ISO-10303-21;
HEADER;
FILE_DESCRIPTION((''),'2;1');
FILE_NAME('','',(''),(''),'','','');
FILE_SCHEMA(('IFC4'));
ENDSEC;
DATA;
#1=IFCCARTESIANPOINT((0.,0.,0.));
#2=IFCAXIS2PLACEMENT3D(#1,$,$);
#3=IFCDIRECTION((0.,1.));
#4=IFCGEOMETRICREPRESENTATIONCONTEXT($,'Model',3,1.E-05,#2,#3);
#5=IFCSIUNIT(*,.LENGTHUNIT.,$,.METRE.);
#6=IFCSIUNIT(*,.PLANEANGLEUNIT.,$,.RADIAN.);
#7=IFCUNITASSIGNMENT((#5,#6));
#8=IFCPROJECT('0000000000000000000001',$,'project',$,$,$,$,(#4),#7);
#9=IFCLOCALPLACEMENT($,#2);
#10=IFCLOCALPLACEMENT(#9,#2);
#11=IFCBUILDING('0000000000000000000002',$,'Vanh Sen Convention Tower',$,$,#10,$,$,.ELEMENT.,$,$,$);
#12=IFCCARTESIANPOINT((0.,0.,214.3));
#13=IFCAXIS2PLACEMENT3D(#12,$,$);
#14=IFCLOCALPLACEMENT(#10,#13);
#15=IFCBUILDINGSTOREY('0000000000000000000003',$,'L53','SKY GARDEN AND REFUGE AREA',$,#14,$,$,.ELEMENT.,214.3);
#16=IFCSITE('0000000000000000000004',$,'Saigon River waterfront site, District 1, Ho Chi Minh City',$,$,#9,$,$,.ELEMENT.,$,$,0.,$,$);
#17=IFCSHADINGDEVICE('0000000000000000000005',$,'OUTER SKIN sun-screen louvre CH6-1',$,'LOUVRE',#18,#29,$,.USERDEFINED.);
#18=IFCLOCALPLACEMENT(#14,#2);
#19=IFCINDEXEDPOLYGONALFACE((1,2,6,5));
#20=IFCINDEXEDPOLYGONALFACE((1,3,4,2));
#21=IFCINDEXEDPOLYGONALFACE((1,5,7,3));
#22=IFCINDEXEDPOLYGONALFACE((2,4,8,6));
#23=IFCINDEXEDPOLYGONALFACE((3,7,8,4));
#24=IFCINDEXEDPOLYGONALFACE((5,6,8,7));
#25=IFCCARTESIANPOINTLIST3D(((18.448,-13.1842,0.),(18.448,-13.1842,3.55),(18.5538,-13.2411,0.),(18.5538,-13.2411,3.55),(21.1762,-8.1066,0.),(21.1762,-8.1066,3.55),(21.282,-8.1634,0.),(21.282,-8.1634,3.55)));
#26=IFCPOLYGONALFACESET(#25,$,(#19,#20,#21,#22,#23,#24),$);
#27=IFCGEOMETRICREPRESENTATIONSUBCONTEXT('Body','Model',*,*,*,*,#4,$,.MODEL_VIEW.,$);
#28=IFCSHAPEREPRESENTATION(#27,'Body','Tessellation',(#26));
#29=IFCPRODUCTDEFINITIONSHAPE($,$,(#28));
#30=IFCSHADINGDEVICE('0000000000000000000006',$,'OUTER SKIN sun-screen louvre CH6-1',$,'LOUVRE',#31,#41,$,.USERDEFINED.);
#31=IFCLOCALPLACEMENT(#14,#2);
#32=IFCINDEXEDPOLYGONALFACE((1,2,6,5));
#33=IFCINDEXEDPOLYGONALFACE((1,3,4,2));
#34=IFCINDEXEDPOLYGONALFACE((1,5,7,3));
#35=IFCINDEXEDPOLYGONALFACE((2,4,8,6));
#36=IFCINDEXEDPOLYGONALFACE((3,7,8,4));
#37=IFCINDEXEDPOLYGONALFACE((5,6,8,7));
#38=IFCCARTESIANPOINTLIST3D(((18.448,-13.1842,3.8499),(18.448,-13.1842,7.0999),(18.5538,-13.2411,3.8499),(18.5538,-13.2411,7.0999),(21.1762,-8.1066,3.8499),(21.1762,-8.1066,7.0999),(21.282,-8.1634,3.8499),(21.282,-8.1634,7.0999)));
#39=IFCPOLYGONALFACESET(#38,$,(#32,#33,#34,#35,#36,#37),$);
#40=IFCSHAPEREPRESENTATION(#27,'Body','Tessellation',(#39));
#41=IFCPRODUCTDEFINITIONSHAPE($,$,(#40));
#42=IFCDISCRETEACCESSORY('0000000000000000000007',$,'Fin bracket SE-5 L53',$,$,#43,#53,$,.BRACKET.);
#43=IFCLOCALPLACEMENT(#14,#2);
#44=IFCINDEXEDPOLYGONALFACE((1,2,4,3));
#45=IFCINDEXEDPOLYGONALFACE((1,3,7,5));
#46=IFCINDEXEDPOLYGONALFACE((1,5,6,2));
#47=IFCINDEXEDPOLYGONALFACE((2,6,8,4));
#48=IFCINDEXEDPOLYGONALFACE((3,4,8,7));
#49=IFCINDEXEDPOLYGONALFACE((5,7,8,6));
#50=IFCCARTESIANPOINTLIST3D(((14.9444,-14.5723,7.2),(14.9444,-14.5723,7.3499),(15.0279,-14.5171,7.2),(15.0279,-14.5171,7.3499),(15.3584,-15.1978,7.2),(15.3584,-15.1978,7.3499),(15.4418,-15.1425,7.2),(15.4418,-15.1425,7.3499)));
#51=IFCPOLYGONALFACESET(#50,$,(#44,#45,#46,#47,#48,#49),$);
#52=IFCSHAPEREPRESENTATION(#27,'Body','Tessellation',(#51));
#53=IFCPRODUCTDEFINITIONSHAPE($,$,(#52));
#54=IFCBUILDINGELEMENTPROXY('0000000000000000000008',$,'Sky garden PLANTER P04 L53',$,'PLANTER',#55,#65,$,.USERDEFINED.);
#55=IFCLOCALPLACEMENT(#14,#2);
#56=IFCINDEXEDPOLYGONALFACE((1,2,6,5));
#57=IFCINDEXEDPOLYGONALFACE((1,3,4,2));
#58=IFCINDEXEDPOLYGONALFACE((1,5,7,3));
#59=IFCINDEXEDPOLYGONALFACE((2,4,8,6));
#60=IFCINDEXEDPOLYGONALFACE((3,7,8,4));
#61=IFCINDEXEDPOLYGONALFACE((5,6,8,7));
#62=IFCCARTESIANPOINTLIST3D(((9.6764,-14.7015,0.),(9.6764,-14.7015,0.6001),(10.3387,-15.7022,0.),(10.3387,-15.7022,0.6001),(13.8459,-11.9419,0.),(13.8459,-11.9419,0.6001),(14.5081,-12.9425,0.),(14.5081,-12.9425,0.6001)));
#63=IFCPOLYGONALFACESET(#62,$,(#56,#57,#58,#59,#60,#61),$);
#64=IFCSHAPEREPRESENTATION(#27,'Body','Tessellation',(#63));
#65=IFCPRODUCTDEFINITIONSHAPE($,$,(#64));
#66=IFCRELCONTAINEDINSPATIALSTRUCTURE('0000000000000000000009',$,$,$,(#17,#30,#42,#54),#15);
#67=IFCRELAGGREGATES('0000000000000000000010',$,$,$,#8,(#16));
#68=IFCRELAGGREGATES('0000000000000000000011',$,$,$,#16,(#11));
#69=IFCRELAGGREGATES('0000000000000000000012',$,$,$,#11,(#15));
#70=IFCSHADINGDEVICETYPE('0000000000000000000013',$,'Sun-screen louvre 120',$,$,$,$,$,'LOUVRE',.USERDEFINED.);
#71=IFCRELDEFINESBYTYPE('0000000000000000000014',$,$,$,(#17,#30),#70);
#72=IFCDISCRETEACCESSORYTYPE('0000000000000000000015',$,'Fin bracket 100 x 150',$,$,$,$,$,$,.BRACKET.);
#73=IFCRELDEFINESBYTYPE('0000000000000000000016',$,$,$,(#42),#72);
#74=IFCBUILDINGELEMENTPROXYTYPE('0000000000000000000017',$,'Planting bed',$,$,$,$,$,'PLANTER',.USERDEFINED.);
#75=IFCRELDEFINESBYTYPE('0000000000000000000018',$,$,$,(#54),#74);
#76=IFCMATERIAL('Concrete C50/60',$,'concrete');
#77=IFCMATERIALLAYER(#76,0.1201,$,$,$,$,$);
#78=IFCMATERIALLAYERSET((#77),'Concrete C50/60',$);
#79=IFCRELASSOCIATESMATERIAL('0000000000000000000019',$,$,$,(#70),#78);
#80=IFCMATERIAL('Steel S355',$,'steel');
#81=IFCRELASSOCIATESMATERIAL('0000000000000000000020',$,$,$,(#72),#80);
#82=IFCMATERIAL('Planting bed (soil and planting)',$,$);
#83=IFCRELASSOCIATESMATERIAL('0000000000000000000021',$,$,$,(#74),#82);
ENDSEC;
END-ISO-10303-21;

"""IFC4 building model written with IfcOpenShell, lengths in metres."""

from ifc_helpers import new_model, si_unit, direction, frame, origin, origin_2d, place, context, subcontext, project, spatial, rectangle, extrude, material, layer, layer_set, type_object, element, save


model = new_model("IFC4")

# Units and contexts
model_context = context("Model", 3, precision=1e-05, world=origin(), true_north=direction((0.0, 1.0)))
body_context = subcontext(model_context, "Body", "Model", "MODEL_VIEW")
ifc_project = project(units=[si_unit("LENGTHUNIT", "METRE"), si_unit("PLANEANGLEUNIT", "RADIAN")], contexts=[model_context])

# Site, building, storey
site_placement = place(None, origin())
site = spatial("IfcSite", under=ifc_project, at=site_placement, Name="Saigon River waterfront site, District 1, Ho Chi Minh City", CompositionType="ELEMENT", RefElevation=0.0)
building_placement = place(site_placement, origin())
building = spatial("IfcBuilding", under=site, at=building_placement, Name="Vanh Sen Convention Tower", CompositionType="ELEMENT")
storey_placement = place(building_placement, frame((0.0, 0.0, 214.3)))
storey = spatial("IfcBuildingStorey", under=building, at=storey_placement, Name="L53", Description="SKY GARDEN AND REFUGE AREA", CompositionType="ELEMENT", Elevation=214.3)

# Shading devices
ifc_material_1 = material(Name="Concrete C50/60", Category="concrete")
ifc_layer_1 = layer(ifc_material_1, 0.1201)
ifc_layer_set_1 = layer_set([ifc_layer_1], Name="Concrete C50/60")
shading_device_type = type_object("IfcShadingDeviceType", Name="Sun-screen louvre 120", ElementType="LOUVRE", PredefinedType="USERDEFINED", material=ifc_layer_set_1)
shading_device_1_placement = place(storey_placement, frame((19.865, -10.6738, 0.0), z_axis=(0.0, 0.0, 1.0), x_axis=(0.473314, 0.880894, 0.0)))
element("IfcShadingDevice", 1, at=shading_device_1_placement, inside=storey, type_object=shading_device_type, Name="OUTER SKIN sun-screen louvre CH6-1", ObjectType="LOUVRE", PredefinedType="USERDEFINED", context=body_context, shape_type="SweptSolid", body=[
    extrude(rectangle(XDim=5.7642, YDim=0.1201, at=origin_2d()), origin(), (0.0, 0.0, 1.0), 3.55),
])
shading_device_2_placement = place(storey_placement, frame((19.865, -10.6738, 3.8499), z_axis=(0.0, 0.0, 1.0), x_axis=(0.473314, 0.880894, 0.0)))
element("IfcShadingDevice", 2, at=shading_device_2_placement, inside=storey, type_object=shading_device_type, Name="OUTER SKIN sun-screen louvre CH6-1", ObjectType="LOUVRE", PredefinedType="USERDEFINED", context=body_context, shape_type="SweptSolid", body=[
    extrude(rectangle(XDim=5.7642, YDim=0.1201, at=origin_2d()), origin(), (0.0, 0.0, 1.0), 3.25),
])

# Discrete accessory
ifc_material_2 = material(Name="Steel S355", Category="steel")
discrete_accessory_type = type_object("IfcDiscreteAccessoryType", Name="Fin bracket 100 x 150", PredefinedType="BRACKET", material=ifc_material_2)
discrete_accessory_placement = place(storey_placement, frame((15.1931, -14.8574, 7.2), z_axis=(0.0, 0.0, 1.0), x_axis=(0.551937, -0.833886, 0.0)))
element("IfcDiscreteAccessory", 3, at=discrete_accessory_placement, inside=storey, type_object=discrete_accessory_type, Name="Fin bracket SE-5 L53", PredefinedType="BRACKET", context=body_context, shape_type="SweptSolid", body=[
    extrude(rectangle(XDim=0.75, YDim=0.1001, at=origin_2d()), origin(), (0.0, 0.0, 1.0), 0.1499),
])

# Building element proxy
ifc_material_3 = material(Name="Planting bed (soil and planting)")
building_element_proxy_type = type_object("IfcBuildingElementProxyType", Name="Planting bed", ElementType="PLANTER", PredefinedType="USERDEFINED", material=ifc_material_3)
proxy_placement = place(storey_placement, frame((12.0923, -13.822, 0.0), z_axis=(0.0, 0.0, 1.0), x_axis=(0.833887, 0.551936, 0.0)))
element("IfcBuildingElementProxy", 4, at=proxy_placement, inside=storey, type_object=building_element_proxy_type, Name="Sky garden PLANTER P04 L53", ObjectType="PLANTER", PredefinedType="USERDEFINED", context=body_context, shape_type="SweptSolid", body=[
    extrude(rectangle(XDim=5.0, YDim=1.2, at=origin_2d()), origin(), (0.0, 0.0, 1.0), 0.6001),
])

save(model, "model.ifc")
